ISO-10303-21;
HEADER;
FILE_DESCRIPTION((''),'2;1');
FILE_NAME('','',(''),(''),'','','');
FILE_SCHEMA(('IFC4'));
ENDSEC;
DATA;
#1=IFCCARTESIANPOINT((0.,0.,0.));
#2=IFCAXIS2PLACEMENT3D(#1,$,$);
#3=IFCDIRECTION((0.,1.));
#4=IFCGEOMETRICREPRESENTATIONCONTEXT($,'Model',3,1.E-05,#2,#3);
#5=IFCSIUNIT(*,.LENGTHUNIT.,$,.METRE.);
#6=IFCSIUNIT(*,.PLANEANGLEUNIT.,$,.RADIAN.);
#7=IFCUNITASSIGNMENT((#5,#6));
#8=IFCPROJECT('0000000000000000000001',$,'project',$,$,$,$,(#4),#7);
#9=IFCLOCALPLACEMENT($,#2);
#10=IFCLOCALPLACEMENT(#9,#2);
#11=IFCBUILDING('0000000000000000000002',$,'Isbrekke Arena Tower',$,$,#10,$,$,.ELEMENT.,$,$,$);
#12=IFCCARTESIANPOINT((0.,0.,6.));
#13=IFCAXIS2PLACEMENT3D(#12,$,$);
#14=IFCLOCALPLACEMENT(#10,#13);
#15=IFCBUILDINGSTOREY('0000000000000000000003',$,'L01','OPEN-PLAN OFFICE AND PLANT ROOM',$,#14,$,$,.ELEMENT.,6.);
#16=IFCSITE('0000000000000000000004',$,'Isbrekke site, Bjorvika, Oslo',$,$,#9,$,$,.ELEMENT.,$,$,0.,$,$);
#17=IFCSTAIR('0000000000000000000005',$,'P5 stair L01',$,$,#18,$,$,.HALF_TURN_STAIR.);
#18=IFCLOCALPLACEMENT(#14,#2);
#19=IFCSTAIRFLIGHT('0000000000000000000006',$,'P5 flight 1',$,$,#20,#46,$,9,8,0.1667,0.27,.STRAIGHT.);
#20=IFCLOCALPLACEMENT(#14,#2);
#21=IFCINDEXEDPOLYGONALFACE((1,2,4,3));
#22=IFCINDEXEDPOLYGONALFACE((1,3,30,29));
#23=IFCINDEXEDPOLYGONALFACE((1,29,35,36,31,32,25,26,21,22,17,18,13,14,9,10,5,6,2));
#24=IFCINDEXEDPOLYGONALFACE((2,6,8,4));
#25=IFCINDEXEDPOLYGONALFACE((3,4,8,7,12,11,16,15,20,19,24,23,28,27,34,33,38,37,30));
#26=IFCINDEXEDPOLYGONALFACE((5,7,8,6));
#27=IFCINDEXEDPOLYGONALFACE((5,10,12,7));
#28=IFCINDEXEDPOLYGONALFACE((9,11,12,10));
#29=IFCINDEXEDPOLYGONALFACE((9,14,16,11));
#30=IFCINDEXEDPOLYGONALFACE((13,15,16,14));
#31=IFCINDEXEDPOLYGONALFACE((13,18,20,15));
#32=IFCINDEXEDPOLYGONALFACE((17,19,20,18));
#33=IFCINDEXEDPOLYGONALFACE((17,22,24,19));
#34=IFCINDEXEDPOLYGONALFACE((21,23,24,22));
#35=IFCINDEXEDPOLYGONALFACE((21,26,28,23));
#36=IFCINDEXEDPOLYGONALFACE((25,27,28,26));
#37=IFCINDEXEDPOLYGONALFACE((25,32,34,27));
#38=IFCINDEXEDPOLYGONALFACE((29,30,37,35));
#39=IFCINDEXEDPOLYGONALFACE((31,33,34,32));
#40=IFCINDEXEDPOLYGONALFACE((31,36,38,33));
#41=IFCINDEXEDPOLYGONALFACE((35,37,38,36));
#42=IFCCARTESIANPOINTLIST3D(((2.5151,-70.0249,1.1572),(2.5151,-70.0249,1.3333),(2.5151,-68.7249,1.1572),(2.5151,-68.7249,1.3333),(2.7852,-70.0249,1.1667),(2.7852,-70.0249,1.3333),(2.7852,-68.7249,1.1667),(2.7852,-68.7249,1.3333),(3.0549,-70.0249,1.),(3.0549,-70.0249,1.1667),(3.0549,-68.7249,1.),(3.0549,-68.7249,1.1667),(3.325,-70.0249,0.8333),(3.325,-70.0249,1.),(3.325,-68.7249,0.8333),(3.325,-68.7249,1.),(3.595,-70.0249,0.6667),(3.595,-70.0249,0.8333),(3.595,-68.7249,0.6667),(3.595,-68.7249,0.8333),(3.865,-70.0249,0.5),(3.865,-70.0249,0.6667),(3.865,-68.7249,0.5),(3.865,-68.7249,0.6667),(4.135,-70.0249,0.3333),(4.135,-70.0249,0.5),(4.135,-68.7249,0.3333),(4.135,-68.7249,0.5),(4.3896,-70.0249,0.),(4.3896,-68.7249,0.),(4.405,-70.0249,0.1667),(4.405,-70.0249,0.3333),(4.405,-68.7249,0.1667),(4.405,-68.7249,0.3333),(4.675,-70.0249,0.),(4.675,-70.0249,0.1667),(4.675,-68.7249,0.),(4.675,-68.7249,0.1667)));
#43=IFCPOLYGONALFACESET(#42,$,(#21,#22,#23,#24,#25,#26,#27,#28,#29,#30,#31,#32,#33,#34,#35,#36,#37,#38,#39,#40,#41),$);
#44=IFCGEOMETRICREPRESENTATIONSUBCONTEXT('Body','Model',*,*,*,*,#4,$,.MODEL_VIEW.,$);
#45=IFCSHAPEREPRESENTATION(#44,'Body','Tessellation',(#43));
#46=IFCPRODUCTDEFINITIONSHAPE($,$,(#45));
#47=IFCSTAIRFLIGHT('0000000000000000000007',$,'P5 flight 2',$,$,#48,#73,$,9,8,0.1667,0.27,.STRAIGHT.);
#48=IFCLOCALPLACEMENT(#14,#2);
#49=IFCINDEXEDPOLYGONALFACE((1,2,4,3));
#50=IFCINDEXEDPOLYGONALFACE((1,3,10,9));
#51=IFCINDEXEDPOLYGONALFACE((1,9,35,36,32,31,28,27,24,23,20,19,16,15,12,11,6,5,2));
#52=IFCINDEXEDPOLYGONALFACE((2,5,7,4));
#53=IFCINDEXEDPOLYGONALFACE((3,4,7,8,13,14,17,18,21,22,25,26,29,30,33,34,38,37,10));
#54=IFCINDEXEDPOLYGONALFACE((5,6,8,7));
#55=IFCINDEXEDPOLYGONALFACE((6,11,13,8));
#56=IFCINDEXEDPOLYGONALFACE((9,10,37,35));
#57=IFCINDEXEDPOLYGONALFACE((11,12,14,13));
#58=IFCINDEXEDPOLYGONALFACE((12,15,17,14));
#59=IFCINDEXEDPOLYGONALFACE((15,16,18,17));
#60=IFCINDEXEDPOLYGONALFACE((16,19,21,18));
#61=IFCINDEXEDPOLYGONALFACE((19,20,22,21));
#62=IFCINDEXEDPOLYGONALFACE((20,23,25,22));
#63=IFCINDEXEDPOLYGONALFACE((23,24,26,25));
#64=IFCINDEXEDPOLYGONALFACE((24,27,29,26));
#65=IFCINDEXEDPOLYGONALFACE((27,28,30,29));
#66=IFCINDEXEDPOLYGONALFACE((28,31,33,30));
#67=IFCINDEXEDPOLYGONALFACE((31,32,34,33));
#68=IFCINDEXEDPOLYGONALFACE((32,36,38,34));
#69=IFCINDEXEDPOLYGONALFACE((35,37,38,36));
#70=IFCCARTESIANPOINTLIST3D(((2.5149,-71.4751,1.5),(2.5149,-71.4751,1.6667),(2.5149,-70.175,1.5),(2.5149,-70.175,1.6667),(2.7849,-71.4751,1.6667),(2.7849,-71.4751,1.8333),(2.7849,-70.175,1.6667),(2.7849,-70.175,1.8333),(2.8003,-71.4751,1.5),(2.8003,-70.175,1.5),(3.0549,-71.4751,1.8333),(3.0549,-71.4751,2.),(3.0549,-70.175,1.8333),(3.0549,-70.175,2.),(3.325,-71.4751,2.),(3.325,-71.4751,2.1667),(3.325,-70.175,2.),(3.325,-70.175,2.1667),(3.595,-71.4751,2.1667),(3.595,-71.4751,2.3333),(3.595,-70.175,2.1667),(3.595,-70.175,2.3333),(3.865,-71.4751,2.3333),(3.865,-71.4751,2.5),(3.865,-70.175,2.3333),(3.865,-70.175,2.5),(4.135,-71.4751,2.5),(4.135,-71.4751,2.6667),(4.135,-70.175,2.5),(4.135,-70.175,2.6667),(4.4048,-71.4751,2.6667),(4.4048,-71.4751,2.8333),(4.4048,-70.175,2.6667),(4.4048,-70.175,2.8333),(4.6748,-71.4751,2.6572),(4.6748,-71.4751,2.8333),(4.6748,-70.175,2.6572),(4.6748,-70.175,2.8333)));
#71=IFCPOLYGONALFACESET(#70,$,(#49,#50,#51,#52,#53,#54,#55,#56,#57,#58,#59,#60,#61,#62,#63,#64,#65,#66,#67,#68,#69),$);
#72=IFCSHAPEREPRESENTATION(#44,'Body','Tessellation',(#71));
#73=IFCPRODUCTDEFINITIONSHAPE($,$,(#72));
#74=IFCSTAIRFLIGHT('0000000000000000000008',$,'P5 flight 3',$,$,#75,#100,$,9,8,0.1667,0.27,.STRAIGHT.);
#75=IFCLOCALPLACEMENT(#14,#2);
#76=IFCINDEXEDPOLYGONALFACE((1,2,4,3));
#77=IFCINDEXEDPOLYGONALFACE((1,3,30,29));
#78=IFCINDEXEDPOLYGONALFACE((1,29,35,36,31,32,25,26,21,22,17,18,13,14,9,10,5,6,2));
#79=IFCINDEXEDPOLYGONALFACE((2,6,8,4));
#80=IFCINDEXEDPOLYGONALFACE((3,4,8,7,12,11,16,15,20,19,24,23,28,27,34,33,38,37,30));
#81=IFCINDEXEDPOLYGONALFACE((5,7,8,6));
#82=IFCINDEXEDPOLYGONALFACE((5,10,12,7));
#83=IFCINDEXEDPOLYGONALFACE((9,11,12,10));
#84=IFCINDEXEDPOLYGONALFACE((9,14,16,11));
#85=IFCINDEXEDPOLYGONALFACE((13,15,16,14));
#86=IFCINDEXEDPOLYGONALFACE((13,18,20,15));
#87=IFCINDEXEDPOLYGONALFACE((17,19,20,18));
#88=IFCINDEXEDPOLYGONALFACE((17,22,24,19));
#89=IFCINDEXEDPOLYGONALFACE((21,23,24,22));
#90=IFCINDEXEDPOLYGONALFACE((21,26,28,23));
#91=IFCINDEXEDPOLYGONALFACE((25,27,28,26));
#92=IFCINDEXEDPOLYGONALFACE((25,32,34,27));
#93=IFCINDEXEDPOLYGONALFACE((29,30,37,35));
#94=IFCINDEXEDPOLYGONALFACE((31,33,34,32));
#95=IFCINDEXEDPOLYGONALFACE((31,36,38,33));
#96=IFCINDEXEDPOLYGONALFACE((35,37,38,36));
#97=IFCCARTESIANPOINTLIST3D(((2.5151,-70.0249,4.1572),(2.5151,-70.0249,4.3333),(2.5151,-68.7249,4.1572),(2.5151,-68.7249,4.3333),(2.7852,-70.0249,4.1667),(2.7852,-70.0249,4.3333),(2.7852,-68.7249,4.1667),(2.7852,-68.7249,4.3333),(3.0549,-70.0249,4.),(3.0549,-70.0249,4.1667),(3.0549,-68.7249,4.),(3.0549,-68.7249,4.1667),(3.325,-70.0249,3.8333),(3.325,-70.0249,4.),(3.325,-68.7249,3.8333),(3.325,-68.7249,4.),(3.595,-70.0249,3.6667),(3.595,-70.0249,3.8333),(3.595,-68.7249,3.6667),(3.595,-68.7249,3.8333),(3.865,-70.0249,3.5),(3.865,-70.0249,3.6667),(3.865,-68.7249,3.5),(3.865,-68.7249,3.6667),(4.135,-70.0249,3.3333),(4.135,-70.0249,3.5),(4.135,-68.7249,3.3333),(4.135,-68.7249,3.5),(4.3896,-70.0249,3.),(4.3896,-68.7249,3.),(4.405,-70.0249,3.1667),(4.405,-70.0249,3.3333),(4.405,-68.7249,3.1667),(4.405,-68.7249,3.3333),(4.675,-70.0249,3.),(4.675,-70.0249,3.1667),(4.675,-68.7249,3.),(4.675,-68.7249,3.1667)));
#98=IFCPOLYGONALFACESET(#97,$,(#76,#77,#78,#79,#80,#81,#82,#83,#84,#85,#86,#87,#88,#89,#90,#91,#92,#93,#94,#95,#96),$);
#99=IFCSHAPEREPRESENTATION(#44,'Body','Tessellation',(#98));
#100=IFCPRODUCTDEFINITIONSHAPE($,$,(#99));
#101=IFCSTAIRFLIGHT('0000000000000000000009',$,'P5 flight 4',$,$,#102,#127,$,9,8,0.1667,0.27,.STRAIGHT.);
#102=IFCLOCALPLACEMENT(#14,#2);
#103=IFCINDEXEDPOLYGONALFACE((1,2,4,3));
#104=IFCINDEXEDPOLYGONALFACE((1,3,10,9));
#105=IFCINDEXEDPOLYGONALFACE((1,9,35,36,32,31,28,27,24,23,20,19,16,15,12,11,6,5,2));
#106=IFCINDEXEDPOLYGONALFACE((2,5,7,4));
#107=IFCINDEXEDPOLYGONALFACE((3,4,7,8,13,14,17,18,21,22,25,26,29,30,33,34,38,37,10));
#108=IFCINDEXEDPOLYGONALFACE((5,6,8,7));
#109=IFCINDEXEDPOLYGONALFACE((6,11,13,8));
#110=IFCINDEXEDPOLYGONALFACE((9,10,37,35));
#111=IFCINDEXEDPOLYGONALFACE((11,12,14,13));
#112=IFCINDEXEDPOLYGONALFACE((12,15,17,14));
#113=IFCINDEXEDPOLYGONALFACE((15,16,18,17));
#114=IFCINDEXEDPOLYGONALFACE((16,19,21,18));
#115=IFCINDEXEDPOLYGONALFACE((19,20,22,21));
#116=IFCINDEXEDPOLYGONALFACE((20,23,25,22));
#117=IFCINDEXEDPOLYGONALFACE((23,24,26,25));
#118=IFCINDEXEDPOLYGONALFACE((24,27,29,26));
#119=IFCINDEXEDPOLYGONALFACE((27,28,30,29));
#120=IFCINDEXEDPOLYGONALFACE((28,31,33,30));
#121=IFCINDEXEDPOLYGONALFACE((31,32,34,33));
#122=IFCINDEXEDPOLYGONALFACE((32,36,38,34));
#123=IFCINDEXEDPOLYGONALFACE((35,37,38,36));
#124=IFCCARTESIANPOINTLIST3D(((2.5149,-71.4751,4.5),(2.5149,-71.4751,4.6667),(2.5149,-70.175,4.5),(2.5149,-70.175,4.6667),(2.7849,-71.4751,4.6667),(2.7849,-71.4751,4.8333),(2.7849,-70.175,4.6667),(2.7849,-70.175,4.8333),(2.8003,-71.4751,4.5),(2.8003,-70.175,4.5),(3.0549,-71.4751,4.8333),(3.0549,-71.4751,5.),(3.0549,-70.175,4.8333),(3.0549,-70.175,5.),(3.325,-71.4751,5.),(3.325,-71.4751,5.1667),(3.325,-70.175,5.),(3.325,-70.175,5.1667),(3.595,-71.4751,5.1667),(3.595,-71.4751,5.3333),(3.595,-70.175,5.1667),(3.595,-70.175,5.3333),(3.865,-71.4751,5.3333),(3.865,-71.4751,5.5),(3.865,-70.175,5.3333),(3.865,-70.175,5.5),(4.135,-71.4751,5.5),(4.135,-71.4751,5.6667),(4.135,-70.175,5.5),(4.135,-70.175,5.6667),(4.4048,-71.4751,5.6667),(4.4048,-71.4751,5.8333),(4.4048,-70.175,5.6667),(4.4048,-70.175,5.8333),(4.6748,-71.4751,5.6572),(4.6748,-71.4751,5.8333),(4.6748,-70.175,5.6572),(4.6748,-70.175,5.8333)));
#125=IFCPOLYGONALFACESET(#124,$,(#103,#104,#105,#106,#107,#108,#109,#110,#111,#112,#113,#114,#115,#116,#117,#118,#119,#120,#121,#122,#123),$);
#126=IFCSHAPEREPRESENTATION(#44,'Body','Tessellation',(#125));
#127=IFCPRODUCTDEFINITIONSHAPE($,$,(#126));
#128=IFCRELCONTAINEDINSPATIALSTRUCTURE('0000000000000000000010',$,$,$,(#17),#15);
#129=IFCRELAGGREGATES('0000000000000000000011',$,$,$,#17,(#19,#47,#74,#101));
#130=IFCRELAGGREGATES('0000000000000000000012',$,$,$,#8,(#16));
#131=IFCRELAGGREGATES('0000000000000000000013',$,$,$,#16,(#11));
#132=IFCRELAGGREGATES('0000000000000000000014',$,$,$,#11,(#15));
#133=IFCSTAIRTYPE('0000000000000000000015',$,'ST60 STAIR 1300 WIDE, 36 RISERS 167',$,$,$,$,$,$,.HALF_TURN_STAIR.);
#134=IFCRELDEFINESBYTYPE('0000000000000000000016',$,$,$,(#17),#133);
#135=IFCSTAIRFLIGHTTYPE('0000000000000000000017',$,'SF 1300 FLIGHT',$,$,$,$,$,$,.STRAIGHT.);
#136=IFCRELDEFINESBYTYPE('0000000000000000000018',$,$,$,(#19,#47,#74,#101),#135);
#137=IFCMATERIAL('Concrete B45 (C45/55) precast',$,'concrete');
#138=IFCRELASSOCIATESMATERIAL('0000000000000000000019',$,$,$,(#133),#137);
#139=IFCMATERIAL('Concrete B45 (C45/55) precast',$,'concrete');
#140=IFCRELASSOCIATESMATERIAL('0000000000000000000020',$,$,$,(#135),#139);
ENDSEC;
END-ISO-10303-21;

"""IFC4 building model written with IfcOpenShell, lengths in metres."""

from ifc_helpers import new_model, si_unit, direction, frame, origin, place, context, subcontext, project, spatial, polyline, outline, extrude, material, type_object, element, aggregate, save


model = new_model("IFC4")

# Units and contexts
model_context = context("Model", 3, precision=1e-05, world=origin(), true_north=direction((0.0, 1.0)))
body_context = subcontext(model_context, "Body", "Model", "MODEL_VIEW")
ifc_project = project(units=[si_unit("LENGTHUNIT", "METRE"), si_unit("PLANEANGLEUNIT", "RADIAN")], contexts=[model_context])

# Site, building, storey
site_placement = place(None, origin())
site = spatial("IfcSite", under=ifc_project, at=site_placement, Name="Isbrekke site, Bjorvika, Oslo", CompositionType="ELEMENT", RefElevation=0.0)
building_placement = place(site_placement, origin())
building = spatial("IfcBuilding", under=site, at=building_placement, Name="Isbrekke Arena Tower", CompositionType="ELEMENT")
storey_placement = place(building_placement, frame((0.0, 0.0, 6.0)))
storey = spatial("IfcBuildingStorey", under=building, at=storey_placement, Name="L01", Description="OPEN-PLAN OFFICE AND PLANT ROOM", CompositionType="ELEMENT", Elevation=6.0)

# Stair, stair flights
ifc_material_1 = material(Name="Concrete B45 (C45/55) precast", Category="concrete")
stair_type = type_object("IfcStairType", Name="ST60 STAIR 1300 WIDE, 36 RISERS 167", PredefinedType="HALF_TURN_STAIR", material=ifc_material_1)
stair_placement = place(storey_placement, origin())
stair = element("IfcStair", 1, at=stair_placement, inside=storey, type_object=stair_type, Name="P5 stair L01", PredefinedType="HALF_TURN_STAIR")
ifc_material_2 = material(Name="Concrete B45 (C45/55) precast", Category="concrete")
stair_flight_type = type_object("IfcStairFlightType", Name="SF 1300 FLIGHT", PredefinedType="STRAIGHT", material=ifc_material_2)
stair_flight_1_placement = place(storey_placement, frame((4.675, -69.375, 0.0), z_axis=(0.0, 0.0, 1.0), x_axis=(-1.0, 0.0, 0.0)))
stair_flight_1 = element("IfcStairFlight", 2, at=stair_flight_1_placement, type_object=stair_flight_type, Name="P5 flight 1", NumberOfRisers=9, NumberOfTreads=8, PredefinedType="STRAIGHT", RiserHeight=0.1667, TreadLength=0.27, context=body_context, shape_type="SweptSolid", body=[
    extrude(outline(polyline([(0.0, 0.0), (0.0, 0.1667), (0.27, 0.1667), (0.27, 0.3333), (0.54, 0.3333), (0.54, 0.5), (0.8101, 0.5), (0.8101, 0.6667), (1.0801, 0.6667), (1.0801, 0.8333), (1.3501, 0.8333), (1.3501, 1.0), (1.6201, 1.0), (1.6201, 1.1667), (1.8899, 1.1667), (1.8899, 1.3333), (2.1599, 1.3333), (2.1599, 1.5), (2.1599, 1.1572), (0.2854, 0.0), (0.0, 0.0)])), frame((0.0, 0.6499, 0.0), z_axis=(0.0, -1.0, 0.0), x_axis=(1.0, 0.0, 0.0)), (0.0, 0.0, 1.0), 1.3),
])
stair_flight_2_placement = place(storey_placement, frame((2.5149, -70.825, 1.5), z_axis=(0.0, 0.0, 1.0), x_axis=(1.0, 0.0, 0.0)))
stair_flight_2 = element("IfcStairFlight", 3, at=stair_flight_2_placement, type_object=stair_flight_type, Name="P5 flight 2", NumberOfRisers=9, NumberOfTreads=8, PredefinedType="STRAIGHT", RiserHeight=0.1667, TreadLength=0.27, context=body_context, shape_type="SweptSolid", body=[
    extrude(outline(polyline([(0.0, 0.0), (0.0, 0.1667), (0.27, 0.1667), (0.27, 0.3333), (0.54, 0.3333), (0.54, 0.5), (0.8101, 0.5), (0.8101, 0.6667), (1.0801, 0.6667), (1.0801, 0.8333), (1.3501, 0.8333), (1.3501, 1.0), (1.6201, 1.0), (1.6201, 1.1667), (1.8899, 1.1667), (1.8899, 1.3333), (2.1599, 1.3333), (2.1599, 1.5), (2.1599, 1.1572), (0.2854, 0.0), (0.0, 0.0)])), frame((0.0, 0.6499, 0.0), z_axis=(0.0, -1.0, 0.0), x_axis=(1.0, 0.0, 0.0)), (0.0, 0.0, 1.0), 1.3),
])
stair_flight_3_placement = place(storey_placement, frame((4.675, -69.375, 3.0), z_axis=(0.0, 0.0, 1.0), x_axis=(-1.0, 0.0, 0.0)))
stair_flight_3 = element("IfcStairFlight", 4, at=stair_flight_3_placement, type_object=stair_flight_type, Name="P5 flight 3", NumberOfRisers=9, NumberOfTreads=8, PredefinedType="STRAIGHT", RiserHeight=0.1667, TreadLength=0.27, context=body_context, shape_type="SweptSolid", body=[
    extrude(outline(polyline([(0.0, 0.0), (0.0, 0.1667), (0.27, 0.1667), (0.27, 0.3333), (0.54, 0.3333), (0.54, 0.5), (0.8101, 0.5), (0.8101, 0.6667), (1.0801, 0.6667), (1.0801, 0.8333), (1.3501, 0.8333), (1.3501, 1.0), (1.6201, 1.0), (1.6201, 1.1667), (1.8899, 1.1667), (1.8899, 1.3333), (2.1599, 1.3333), (2.1599, 1.5), (2.1599, 1.1572), (0.2854, 0.0), (0.0, 0.0)])), frame((0.0, 0.6499, 0.0), z_axis=(0.0, -1.0, 0.0), x_axis=(1.0, 0.0, 0.0)), (0.0, 0.0, 1.0), 1.3),
])
stair_flight_4_placement = place(storey_placement, frame((2.5149, -70.825, 4.5), z_axis=(0.0, 0.0, 1.0), x_axis=(1.0, 0.0, 0.0)))
stair_flight_4 = element("IfcStairFlight", 5, at=stair_flight_4_placement, type_object=stair_flight_type, Name="P5 flight 4", NumberOfRisers=9, NumberOfTreads=8, PredefinedType="STRAIGHT", RiserHeight=0.1667, TreadLength=0.27, context=body_context, shape_type="SweptSolid", body=[
    extrude(outline(polyline([(0.0, 0.0), (0.0, 0.1667), (0.27, 0.1667), (0.27, 0.3333), (0.54, 0.3333), (0.54, 0.5), (0.8101, 0.5), (0.8101, 0.6667), (1.0801, 0.6667), (1.0801, 0.8333), (1.3501, 0.8333), (1.3501, 1.0), (1.6201, 1.0), (1.6201, 1.1667), (1.8899, 1.1667), (1.8899, 1.3333), (2.1599, 1.3333), (2.1599, 1.5), (2.1599, 1.1572), (0.2854, 0.0), (0.0, 0.0)])), frame((0.0, 0.6499, 0.0), z_axis=(0.0, -1.0, 0.0), x_axis=(1.0, 0.0, 0.0)), (0.0, 0.0, 1.0), 1.3),
])
aggregate(stair, [stair_flight_1, stair_flight_2, stair_flight_3, stair_flight_4])

save(model, "model.ifc")
